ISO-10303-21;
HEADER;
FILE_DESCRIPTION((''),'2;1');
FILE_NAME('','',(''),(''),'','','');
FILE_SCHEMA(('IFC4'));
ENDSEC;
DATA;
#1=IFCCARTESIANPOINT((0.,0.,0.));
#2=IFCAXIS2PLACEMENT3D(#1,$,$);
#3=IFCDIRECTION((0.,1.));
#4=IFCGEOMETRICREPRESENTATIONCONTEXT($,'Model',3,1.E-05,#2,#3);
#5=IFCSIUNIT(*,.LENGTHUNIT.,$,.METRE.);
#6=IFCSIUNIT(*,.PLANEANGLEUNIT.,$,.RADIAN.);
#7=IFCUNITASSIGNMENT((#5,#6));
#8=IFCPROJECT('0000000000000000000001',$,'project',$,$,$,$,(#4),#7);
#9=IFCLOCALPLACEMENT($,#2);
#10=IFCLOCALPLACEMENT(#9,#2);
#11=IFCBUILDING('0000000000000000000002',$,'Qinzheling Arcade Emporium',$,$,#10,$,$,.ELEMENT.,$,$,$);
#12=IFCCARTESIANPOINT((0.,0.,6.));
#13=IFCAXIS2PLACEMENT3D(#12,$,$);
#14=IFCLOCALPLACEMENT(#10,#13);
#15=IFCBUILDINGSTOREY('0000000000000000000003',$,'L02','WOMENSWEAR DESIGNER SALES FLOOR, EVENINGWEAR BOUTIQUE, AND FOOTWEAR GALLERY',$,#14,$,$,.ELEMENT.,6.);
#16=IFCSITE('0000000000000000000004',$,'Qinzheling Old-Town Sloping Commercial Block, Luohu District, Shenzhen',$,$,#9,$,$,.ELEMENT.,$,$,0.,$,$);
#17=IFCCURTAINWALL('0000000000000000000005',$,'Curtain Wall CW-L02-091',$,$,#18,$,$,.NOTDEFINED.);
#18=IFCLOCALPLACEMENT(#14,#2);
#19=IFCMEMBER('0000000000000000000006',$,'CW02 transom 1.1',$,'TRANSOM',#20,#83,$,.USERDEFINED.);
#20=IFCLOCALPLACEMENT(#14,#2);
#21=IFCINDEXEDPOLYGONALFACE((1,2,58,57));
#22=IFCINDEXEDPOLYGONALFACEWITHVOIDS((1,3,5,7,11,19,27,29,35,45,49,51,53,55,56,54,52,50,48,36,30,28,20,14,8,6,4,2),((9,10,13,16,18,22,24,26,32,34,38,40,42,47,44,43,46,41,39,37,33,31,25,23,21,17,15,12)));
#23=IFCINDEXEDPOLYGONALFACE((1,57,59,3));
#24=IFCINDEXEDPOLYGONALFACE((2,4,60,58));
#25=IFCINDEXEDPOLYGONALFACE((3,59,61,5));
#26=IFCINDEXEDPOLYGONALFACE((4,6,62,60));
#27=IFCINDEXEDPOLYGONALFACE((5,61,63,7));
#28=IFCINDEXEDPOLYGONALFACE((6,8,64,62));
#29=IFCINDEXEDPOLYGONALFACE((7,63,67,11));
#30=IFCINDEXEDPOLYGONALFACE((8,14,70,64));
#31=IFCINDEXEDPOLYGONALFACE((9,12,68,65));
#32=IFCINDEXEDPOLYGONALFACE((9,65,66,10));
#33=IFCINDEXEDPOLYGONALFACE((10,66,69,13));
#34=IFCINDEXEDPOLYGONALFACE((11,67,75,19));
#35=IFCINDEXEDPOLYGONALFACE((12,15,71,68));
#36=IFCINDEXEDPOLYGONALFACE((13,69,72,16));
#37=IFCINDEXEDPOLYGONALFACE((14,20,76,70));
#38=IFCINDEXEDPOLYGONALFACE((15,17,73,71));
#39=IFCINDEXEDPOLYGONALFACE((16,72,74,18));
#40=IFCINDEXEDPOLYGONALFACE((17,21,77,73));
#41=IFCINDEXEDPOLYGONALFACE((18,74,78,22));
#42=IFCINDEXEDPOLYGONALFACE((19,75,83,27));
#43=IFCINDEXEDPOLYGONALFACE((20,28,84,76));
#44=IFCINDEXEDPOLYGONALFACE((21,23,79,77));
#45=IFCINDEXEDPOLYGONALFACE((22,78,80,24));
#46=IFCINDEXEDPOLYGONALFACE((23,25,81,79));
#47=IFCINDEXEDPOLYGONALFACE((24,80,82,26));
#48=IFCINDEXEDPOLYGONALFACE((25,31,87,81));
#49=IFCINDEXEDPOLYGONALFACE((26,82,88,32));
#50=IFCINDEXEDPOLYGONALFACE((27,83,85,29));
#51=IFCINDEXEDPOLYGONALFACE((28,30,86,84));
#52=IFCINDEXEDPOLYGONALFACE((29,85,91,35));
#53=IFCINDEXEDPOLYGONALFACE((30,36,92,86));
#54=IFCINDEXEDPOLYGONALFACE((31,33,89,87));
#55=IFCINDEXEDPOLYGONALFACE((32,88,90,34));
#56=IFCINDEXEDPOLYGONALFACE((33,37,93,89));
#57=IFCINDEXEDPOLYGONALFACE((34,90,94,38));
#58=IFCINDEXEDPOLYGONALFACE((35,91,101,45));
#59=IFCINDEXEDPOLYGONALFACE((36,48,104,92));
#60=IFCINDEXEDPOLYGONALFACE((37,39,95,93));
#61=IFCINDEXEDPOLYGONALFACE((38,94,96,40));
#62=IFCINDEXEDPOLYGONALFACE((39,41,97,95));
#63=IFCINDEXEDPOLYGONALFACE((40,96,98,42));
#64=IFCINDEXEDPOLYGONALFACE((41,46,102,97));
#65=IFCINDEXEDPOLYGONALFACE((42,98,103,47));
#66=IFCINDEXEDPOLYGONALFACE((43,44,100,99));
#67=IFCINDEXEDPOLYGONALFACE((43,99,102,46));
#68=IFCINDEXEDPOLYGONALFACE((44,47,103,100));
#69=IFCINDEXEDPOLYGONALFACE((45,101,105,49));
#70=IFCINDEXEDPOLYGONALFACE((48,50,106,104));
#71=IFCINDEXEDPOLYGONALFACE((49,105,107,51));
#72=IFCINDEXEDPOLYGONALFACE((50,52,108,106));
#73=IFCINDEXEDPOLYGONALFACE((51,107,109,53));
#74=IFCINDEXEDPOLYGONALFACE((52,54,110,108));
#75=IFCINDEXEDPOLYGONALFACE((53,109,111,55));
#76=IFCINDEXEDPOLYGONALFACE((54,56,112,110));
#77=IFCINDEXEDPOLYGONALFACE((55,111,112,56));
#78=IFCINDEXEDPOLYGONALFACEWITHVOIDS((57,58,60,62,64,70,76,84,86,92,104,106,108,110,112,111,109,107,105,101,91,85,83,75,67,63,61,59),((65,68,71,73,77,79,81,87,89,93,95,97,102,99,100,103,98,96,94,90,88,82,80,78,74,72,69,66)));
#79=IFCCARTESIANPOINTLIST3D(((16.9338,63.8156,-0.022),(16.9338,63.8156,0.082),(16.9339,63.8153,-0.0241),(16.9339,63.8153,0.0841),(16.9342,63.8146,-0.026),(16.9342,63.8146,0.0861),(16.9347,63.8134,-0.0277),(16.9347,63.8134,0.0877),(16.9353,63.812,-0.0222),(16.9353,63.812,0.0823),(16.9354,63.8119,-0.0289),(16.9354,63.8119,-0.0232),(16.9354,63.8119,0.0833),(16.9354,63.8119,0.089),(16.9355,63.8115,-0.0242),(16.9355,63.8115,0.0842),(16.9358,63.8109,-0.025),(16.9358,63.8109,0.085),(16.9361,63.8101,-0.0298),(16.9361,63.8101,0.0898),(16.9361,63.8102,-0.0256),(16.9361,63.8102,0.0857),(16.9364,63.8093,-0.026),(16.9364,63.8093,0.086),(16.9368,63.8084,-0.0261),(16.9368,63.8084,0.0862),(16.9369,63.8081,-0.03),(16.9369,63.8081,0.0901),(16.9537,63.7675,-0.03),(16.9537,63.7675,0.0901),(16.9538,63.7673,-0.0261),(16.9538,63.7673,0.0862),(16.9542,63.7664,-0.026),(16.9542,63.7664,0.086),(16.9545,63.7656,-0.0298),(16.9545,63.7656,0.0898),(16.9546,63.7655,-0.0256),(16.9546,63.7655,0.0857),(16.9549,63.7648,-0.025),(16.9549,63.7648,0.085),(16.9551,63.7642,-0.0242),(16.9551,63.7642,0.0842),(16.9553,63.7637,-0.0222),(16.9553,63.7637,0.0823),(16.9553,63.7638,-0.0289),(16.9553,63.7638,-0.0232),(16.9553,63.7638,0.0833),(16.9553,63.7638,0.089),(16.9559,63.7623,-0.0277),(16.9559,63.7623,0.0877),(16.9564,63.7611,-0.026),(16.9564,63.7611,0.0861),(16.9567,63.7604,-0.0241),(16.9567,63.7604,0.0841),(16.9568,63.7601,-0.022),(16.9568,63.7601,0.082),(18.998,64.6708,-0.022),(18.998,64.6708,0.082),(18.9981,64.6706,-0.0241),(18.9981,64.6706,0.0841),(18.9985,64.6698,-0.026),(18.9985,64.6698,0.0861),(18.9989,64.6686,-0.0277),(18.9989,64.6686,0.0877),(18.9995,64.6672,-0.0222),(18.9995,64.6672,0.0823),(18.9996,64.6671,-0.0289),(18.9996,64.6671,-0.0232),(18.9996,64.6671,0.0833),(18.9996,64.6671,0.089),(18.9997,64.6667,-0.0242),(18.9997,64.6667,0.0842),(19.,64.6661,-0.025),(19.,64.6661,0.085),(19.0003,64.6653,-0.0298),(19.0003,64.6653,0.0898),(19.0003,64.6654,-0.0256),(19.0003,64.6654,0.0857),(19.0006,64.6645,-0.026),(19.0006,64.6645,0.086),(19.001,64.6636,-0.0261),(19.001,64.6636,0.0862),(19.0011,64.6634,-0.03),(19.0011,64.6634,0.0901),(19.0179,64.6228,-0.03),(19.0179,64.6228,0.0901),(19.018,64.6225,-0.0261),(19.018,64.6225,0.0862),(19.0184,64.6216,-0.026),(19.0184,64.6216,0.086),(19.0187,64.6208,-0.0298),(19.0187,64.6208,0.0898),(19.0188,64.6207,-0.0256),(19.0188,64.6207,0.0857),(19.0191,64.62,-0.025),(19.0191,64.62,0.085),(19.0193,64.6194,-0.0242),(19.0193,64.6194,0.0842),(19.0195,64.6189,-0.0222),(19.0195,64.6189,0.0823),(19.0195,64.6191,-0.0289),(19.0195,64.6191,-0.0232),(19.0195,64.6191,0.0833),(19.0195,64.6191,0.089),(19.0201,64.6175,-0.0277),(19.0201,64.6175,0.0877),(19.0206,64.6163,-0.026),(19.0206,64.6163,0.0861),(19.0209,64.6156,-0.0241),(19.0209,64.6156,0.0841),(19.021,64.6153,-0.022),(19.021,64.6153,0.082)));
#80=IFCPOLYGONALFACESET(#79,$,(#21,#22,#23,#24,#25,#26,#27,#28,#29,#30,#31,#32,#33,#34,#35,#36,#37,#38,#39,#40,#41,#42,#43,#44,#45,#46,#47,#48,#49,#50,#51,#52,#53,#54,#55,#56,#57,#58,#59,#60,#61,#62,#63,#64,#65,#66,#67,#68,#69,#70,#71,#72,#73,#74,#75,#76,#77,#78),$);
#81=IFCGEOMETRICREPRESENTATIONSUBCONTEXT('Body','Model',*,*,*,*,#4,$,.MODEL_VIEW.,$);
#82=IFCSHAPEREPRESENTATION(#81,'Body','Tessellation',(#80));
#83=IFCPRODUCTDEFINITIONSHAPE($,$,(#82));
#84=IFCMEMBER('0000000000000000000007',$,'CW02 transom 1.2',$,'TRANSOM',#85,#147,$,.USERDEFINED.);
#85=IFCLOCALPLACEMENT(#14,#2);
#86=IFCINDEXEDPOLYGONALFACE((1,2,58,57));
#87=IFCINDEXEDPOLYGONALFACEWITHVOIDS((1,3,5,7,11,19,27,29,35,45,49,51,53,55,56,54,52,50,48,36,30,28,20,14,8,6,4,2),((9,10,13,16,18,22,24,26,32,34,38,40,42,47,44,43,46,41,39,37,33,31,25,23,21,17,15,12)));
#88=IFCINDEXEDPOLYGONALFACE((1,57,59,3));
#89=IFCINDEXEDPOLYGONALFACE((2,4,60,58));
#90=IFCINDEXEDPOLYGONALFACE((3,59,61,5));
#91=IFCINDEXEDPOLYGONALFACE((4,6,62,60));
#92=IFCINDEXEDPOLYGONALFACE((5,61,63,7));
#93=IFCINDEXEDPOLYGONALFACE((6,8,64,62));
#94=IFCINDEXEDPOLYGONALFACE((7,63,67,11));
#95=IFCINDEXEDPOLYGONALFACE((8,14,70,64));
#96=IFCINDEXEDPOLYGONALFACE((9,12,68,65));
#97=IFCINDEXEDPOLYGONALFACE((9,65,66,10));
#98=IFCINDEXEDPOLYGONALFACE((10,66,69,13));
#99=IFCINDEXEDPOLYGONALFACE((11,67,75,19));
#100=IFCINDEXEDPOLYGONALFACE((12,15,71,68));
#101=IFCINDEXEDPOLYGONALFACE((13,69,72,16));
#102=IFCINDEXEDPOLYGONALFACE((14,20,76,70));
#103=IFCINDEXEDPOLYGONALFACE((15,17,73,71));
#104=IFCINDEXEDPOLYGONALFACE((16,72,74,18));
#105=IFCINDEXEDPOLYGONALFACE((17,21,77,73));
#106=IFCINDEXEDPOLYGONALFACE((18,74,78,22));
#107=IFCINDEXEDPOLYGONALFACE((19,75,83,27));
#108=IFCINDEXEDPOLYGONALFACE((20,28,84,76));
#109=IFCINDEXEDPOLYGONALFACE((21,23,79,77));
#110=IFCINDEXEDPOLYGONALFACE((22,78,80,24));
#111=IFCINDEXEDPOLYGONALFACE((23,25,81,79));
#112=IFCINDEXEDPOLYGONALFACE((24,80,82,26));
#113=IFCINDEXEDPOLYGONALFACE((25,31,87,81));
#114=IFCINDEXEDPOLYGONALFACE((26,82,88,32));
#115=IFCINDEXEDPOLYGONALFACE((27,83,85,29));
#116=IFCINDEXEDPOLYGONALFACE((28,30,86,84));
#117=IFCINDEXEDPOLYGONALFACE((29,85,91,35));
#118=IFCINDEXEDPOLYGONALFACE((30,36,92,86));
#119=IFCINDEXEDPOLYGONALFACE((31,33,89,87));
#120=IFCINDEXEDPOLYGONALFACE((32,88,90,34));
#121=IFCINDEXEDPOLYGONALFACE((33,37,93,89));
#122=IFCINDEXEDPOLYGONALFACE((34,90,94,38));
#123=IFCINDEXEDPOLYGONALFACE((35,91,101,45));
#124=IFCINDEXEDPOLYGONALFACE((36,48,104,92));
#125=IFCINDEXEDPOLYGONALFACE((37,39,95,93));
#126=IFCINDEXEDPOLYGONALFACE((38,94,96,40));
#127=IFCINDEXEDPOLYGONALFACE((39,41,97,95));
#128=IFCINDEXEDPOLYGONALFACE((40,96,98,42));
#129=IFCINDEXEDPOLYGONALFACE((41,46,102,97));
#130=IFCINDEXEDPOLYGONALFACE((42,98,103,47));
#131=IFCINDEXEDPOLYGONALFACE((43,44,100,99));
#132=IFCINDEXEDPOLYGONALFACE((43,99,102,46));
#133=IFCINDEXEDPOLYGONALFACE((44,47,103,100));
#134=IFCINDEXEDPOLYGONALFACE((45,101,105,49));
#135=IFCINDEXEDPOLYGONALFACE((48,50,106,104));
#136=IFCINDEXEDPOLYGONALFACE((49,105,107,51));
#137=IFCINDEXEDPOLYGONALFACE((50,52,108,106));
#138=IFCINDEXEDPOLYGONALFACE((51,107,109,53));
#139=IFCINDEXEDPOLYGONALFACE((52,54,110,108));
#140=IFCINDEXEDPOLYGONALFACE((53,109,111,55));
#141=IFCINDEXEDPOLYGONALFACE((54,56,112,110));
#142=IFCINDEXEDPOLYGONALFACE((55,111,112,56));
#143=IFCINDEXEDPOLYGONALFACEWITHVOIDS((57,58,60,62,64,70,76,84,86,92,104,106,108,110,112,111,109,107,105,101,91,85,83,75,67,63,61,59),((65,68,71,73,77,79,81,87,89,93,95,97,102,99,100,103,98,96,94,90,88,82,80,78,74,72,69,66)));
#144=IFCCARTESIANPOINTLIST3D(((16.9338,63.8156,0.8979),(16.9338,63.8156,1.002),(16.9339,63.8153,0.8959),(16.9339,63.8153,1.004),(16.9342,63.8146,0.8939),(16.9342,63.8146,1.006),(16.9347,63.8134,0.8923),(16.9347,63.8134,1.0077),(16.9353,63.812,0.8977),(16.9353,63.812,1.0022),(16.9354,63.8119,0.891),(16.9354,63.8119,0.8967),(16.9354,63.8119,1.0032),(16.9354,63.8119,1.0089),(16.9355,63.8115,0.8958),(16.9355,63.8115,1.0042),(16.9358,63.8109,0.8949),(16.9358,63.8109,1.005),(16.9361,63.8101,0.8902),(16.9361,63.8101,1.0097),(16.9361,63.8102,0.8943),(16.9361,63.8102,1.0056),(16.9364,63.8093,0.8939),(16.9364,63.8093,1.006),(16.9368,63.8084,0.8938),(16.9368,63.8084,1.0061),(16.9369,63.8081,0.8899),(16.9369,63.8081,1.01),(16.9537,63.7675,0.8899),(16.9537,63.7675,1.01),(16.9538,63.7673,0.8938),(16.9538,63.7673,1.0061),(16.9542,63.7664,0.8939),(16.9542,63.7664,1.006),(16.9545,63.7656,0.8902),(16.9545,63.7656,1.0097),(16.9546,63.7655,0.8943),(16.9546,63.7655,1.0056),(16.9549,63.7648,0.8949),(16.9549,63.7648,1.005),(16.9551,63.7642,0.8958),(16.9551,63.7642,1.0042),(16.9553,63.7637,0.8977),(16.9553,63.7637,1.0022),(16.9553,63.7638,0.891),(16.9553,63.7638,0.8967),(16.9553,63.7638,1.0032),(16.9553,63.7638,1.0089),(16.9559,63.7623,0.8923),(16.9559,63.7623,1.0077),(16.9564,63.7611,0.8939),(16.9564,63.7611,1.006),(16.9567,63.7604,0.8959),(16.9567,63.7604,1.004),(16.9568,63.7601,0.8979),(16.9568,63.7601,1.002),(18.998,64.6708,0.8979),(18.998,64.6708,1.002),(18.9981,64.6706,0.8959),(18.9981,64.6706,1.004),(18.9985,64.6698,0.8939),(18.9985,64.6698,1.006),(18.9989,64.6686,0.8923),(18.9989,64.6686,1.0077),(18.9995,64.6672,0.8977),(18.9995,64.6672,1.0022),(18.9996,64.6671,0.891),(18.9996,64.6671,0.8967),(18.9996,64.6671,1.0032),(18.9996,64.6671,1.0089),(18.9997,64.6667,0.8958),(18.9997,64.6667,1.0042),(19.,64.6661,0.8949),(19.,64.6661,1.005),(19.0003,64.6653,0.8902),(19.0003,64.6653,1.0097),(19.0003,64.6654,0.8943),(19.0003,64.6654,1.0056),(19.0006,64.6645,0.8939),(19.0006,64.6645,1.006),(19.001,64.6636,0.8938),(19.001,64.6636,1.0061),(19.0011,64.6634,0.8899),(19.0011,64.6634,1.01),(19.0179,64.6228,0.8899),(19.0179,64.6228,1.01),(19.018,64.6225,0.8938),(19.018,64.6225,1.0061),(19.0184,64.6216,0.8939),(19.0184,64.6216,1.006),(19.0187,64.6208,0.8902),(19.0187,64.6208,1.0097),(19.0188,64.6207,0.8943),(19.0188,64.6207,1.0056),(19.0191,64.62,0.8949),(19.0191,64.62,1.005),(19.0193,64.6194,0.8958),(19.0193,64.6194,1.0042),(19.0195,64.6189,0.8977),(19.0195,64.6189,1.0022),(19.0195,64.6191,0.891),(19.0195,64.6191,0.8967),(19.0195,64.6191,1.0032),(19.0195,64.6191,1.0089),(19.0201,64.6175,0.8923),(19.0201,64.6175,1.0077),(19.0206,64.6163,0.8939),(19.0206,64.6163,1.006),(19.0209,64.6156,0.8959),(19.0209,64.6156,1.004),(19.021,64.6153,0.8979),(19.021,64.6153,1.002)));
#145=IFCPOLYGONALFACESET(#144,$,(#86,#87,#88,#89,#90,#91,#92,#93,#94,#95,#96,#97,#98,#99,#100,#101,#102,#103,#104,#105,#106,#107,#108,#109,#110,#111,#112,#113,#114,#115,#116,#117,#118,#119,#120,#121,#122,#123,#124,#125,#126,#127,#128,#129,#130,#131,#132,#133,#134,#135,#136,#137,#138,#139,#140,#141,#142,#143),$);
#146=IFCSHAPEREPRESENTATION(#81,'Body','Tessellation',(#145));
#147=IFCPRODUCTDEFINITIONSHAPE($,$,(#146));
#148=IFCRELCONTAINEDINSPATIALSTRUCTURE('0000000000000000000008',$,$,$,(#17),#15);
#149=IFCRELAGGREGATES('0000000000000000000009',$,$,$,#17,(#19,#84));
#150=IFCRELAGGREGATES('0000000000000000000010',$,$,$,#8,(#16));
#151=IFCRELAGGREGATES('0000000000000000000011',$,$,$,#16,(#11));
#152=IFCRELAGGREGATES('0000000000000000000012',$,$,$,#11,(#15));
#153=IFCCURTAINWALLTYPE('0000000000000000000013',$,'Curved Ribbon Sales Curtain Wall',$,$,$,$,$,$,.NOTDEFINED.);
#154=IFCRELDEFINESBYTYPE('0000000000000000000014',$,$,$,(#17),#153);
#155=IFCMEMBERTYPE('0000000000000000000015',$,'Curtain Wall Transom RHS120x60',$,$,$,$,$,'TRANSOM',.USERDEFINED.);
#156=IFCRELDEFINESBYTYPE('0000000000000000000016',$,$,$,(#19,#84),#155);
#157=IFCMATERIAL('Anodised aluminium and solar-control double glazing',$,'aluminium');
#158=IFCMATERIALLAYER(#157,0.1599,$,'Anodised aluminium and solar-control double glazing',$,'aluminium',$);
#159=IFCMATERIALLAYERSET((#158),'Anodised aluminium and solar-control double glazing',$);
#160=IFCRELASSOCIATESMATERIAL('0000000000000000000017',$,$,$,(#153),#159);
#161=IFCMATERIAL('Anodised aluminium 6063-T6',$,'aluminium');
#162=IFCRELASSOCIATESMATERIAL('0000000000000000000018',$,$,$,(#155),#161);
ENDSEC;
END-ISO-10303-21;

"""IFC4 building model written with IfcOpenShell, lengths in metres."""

from ifc_helpers import new_model, si_unit, direction, frame, origin, origin_2d, place, context, subcontext, project, spatial, hollow_rectangle, extrude, material, layer, layer_set, material_profile, profile_set, type_object, element, aggregate, save


model = new_model("IFC4")

# Units and contexts
model_context = context("Model", 3, precision=1e-05, world=origin(), true_north=direction((0.0, 1.0)))
body_context = subcontext(model_context, "Body", "Model", "MODEL_VIEW")
ifc_project = project(units=[si_unit("LENGTHUNIT", "METRE"), si_unit("PLANEANGLEUNIT", "RADIAN")], contexts=[model_context])

# Site, building, storey
site_placement = place(None, origin())
site = spatial("IfcSite", under=ifc_project, at=site_placement, Name="Qinzheling Old-Town Sloping Commercial Block, Luohu District, Shenzhen", CompositionType="ELEMENT", RefElevation=0.0)
building_placement = place(site_placement, origin())
building = spatial("IfcBuilding", under=site, at=building_placement, Name="Qinzheling Arcade Emporium", CompositionType="ELEMENT")
storey_placement = place(building_placement, frame((0.0, 0.0, 6.0)))
storey = spatial("IfcBuildingStorey", under=building, at=storey_placement, Name="L02", Description="WOMENSWEAR DESIGNER SALES FLOOR, EVENINGWEAR BOUTIQUE, AND FOOTWEAR GALLERY", CompositionType="ELEMENT", Elevation=6.0)

# Shared definitions
ifc_material_1 = material(Name="Anodised aluminium and solar-control double glazing", Category="aluminium")
ifc_layer_1 = layer(ifc_material_1, 0.1599, Name="Anodised aluminium and solar-control double glazing", Category="aluminium")
ifc_layer_set_1 = layer_set([ifc_layer_1], Name="Anodised aluminium and solar-control double glazing")
curtain_wall_type = type_object("IfcCurtainWallType", Name="Curved Ribbon Sales Curtain Wall", PredefinedType="NOTDEFINED", material=ifc_layer_set_1)
ifc_material_2 = material(Name="Anodised aluminium 6063-T6", Category="aluminium")

# Curtain wall
curtain_wall_1_placement = place(storey_placement, origin())
curtain_wall_1 = element("IfcCurtainWall", 1, at=curtain_wall_1_placement, inside=storey, type_object=curtain_wall_type, Name="Curtain Wall CW-L02-091", PredefinedType="NOTDEFINED")

# Members
ifc_material_profile_1 = material_profile(ifc_material_2, hollow_rectangle(XDim=0.0601, YDim=0.1201, WallThickness=0.0039, InnerFilletRadius=0.0039, OuterFilletRadius=0.0081, at=origin_2d()), Name="RHS 120x60x4", Category="aluminium")
ifc_profile_set_1 = profile_set([ifc_material_profile_1], Name="Anodised aluminium 6063-T6")
member_type_1 = type_object("IfcMemberType", Name="Curtain Wall Transom RHS120x60", ElementType="TRANSOM", PredefinedType="USERDEFINED", material=ifc_profile_set_1)
member_1_placement = place(storey_placement, frame((16.9453, 63.7878, 0.03), z_axis=(0.923848, 0.38276, 0.0), x_axis=(-0.38276, 0.923848, 0.0)))
member_1 = element("IfcMember", 2, at=member_1_placement, type_object=member_type_1, Name="CW02 transom 1.1", ObjectType="TRANSOM", PredefinedType="USERDEFINED", context=body_context, shape_type="SweptSolid", body=[
    extrude(hollow_rectangle(XDim=0.0601, YDim=0.1201, WallThickness=0.0039, InnerFilletRadius=0.0039, OuterFilletRadius=0.0081, at=origin_2d()), origin(), (0.0, 0.0, 1.0), 2.2344),
])
member_2_placement = place(storey_placement, frame((16.9453, 63.7878, 0.95), z_axis=(0.923848, 0.38276, 0.0), x_axis=(-0.38276, 0.923848, 0.0)))
member_2 = element("IfcMember", 3, at=member_2_placement, type_object=member_type_1, Name="CW02 transom 1.2", ObjectType="TRANSOM", PredefinedType="USERDEFINED", context=body_context, shape_type="SweptSolid", body=[
    extrude(hollow_rectangle(XDim=0.0601, YDim=0.1201, WallThickness=0.0039, InnerFilletRadius=0.0039, OuterFilletRadius=0.0081, at=origin_2d()), origin(), (0.0, 0.0, 1.0), 2.2344),
])

aggregate(curtain_wall_1, [member_1, member_2])

save(model, "model.ifc")
